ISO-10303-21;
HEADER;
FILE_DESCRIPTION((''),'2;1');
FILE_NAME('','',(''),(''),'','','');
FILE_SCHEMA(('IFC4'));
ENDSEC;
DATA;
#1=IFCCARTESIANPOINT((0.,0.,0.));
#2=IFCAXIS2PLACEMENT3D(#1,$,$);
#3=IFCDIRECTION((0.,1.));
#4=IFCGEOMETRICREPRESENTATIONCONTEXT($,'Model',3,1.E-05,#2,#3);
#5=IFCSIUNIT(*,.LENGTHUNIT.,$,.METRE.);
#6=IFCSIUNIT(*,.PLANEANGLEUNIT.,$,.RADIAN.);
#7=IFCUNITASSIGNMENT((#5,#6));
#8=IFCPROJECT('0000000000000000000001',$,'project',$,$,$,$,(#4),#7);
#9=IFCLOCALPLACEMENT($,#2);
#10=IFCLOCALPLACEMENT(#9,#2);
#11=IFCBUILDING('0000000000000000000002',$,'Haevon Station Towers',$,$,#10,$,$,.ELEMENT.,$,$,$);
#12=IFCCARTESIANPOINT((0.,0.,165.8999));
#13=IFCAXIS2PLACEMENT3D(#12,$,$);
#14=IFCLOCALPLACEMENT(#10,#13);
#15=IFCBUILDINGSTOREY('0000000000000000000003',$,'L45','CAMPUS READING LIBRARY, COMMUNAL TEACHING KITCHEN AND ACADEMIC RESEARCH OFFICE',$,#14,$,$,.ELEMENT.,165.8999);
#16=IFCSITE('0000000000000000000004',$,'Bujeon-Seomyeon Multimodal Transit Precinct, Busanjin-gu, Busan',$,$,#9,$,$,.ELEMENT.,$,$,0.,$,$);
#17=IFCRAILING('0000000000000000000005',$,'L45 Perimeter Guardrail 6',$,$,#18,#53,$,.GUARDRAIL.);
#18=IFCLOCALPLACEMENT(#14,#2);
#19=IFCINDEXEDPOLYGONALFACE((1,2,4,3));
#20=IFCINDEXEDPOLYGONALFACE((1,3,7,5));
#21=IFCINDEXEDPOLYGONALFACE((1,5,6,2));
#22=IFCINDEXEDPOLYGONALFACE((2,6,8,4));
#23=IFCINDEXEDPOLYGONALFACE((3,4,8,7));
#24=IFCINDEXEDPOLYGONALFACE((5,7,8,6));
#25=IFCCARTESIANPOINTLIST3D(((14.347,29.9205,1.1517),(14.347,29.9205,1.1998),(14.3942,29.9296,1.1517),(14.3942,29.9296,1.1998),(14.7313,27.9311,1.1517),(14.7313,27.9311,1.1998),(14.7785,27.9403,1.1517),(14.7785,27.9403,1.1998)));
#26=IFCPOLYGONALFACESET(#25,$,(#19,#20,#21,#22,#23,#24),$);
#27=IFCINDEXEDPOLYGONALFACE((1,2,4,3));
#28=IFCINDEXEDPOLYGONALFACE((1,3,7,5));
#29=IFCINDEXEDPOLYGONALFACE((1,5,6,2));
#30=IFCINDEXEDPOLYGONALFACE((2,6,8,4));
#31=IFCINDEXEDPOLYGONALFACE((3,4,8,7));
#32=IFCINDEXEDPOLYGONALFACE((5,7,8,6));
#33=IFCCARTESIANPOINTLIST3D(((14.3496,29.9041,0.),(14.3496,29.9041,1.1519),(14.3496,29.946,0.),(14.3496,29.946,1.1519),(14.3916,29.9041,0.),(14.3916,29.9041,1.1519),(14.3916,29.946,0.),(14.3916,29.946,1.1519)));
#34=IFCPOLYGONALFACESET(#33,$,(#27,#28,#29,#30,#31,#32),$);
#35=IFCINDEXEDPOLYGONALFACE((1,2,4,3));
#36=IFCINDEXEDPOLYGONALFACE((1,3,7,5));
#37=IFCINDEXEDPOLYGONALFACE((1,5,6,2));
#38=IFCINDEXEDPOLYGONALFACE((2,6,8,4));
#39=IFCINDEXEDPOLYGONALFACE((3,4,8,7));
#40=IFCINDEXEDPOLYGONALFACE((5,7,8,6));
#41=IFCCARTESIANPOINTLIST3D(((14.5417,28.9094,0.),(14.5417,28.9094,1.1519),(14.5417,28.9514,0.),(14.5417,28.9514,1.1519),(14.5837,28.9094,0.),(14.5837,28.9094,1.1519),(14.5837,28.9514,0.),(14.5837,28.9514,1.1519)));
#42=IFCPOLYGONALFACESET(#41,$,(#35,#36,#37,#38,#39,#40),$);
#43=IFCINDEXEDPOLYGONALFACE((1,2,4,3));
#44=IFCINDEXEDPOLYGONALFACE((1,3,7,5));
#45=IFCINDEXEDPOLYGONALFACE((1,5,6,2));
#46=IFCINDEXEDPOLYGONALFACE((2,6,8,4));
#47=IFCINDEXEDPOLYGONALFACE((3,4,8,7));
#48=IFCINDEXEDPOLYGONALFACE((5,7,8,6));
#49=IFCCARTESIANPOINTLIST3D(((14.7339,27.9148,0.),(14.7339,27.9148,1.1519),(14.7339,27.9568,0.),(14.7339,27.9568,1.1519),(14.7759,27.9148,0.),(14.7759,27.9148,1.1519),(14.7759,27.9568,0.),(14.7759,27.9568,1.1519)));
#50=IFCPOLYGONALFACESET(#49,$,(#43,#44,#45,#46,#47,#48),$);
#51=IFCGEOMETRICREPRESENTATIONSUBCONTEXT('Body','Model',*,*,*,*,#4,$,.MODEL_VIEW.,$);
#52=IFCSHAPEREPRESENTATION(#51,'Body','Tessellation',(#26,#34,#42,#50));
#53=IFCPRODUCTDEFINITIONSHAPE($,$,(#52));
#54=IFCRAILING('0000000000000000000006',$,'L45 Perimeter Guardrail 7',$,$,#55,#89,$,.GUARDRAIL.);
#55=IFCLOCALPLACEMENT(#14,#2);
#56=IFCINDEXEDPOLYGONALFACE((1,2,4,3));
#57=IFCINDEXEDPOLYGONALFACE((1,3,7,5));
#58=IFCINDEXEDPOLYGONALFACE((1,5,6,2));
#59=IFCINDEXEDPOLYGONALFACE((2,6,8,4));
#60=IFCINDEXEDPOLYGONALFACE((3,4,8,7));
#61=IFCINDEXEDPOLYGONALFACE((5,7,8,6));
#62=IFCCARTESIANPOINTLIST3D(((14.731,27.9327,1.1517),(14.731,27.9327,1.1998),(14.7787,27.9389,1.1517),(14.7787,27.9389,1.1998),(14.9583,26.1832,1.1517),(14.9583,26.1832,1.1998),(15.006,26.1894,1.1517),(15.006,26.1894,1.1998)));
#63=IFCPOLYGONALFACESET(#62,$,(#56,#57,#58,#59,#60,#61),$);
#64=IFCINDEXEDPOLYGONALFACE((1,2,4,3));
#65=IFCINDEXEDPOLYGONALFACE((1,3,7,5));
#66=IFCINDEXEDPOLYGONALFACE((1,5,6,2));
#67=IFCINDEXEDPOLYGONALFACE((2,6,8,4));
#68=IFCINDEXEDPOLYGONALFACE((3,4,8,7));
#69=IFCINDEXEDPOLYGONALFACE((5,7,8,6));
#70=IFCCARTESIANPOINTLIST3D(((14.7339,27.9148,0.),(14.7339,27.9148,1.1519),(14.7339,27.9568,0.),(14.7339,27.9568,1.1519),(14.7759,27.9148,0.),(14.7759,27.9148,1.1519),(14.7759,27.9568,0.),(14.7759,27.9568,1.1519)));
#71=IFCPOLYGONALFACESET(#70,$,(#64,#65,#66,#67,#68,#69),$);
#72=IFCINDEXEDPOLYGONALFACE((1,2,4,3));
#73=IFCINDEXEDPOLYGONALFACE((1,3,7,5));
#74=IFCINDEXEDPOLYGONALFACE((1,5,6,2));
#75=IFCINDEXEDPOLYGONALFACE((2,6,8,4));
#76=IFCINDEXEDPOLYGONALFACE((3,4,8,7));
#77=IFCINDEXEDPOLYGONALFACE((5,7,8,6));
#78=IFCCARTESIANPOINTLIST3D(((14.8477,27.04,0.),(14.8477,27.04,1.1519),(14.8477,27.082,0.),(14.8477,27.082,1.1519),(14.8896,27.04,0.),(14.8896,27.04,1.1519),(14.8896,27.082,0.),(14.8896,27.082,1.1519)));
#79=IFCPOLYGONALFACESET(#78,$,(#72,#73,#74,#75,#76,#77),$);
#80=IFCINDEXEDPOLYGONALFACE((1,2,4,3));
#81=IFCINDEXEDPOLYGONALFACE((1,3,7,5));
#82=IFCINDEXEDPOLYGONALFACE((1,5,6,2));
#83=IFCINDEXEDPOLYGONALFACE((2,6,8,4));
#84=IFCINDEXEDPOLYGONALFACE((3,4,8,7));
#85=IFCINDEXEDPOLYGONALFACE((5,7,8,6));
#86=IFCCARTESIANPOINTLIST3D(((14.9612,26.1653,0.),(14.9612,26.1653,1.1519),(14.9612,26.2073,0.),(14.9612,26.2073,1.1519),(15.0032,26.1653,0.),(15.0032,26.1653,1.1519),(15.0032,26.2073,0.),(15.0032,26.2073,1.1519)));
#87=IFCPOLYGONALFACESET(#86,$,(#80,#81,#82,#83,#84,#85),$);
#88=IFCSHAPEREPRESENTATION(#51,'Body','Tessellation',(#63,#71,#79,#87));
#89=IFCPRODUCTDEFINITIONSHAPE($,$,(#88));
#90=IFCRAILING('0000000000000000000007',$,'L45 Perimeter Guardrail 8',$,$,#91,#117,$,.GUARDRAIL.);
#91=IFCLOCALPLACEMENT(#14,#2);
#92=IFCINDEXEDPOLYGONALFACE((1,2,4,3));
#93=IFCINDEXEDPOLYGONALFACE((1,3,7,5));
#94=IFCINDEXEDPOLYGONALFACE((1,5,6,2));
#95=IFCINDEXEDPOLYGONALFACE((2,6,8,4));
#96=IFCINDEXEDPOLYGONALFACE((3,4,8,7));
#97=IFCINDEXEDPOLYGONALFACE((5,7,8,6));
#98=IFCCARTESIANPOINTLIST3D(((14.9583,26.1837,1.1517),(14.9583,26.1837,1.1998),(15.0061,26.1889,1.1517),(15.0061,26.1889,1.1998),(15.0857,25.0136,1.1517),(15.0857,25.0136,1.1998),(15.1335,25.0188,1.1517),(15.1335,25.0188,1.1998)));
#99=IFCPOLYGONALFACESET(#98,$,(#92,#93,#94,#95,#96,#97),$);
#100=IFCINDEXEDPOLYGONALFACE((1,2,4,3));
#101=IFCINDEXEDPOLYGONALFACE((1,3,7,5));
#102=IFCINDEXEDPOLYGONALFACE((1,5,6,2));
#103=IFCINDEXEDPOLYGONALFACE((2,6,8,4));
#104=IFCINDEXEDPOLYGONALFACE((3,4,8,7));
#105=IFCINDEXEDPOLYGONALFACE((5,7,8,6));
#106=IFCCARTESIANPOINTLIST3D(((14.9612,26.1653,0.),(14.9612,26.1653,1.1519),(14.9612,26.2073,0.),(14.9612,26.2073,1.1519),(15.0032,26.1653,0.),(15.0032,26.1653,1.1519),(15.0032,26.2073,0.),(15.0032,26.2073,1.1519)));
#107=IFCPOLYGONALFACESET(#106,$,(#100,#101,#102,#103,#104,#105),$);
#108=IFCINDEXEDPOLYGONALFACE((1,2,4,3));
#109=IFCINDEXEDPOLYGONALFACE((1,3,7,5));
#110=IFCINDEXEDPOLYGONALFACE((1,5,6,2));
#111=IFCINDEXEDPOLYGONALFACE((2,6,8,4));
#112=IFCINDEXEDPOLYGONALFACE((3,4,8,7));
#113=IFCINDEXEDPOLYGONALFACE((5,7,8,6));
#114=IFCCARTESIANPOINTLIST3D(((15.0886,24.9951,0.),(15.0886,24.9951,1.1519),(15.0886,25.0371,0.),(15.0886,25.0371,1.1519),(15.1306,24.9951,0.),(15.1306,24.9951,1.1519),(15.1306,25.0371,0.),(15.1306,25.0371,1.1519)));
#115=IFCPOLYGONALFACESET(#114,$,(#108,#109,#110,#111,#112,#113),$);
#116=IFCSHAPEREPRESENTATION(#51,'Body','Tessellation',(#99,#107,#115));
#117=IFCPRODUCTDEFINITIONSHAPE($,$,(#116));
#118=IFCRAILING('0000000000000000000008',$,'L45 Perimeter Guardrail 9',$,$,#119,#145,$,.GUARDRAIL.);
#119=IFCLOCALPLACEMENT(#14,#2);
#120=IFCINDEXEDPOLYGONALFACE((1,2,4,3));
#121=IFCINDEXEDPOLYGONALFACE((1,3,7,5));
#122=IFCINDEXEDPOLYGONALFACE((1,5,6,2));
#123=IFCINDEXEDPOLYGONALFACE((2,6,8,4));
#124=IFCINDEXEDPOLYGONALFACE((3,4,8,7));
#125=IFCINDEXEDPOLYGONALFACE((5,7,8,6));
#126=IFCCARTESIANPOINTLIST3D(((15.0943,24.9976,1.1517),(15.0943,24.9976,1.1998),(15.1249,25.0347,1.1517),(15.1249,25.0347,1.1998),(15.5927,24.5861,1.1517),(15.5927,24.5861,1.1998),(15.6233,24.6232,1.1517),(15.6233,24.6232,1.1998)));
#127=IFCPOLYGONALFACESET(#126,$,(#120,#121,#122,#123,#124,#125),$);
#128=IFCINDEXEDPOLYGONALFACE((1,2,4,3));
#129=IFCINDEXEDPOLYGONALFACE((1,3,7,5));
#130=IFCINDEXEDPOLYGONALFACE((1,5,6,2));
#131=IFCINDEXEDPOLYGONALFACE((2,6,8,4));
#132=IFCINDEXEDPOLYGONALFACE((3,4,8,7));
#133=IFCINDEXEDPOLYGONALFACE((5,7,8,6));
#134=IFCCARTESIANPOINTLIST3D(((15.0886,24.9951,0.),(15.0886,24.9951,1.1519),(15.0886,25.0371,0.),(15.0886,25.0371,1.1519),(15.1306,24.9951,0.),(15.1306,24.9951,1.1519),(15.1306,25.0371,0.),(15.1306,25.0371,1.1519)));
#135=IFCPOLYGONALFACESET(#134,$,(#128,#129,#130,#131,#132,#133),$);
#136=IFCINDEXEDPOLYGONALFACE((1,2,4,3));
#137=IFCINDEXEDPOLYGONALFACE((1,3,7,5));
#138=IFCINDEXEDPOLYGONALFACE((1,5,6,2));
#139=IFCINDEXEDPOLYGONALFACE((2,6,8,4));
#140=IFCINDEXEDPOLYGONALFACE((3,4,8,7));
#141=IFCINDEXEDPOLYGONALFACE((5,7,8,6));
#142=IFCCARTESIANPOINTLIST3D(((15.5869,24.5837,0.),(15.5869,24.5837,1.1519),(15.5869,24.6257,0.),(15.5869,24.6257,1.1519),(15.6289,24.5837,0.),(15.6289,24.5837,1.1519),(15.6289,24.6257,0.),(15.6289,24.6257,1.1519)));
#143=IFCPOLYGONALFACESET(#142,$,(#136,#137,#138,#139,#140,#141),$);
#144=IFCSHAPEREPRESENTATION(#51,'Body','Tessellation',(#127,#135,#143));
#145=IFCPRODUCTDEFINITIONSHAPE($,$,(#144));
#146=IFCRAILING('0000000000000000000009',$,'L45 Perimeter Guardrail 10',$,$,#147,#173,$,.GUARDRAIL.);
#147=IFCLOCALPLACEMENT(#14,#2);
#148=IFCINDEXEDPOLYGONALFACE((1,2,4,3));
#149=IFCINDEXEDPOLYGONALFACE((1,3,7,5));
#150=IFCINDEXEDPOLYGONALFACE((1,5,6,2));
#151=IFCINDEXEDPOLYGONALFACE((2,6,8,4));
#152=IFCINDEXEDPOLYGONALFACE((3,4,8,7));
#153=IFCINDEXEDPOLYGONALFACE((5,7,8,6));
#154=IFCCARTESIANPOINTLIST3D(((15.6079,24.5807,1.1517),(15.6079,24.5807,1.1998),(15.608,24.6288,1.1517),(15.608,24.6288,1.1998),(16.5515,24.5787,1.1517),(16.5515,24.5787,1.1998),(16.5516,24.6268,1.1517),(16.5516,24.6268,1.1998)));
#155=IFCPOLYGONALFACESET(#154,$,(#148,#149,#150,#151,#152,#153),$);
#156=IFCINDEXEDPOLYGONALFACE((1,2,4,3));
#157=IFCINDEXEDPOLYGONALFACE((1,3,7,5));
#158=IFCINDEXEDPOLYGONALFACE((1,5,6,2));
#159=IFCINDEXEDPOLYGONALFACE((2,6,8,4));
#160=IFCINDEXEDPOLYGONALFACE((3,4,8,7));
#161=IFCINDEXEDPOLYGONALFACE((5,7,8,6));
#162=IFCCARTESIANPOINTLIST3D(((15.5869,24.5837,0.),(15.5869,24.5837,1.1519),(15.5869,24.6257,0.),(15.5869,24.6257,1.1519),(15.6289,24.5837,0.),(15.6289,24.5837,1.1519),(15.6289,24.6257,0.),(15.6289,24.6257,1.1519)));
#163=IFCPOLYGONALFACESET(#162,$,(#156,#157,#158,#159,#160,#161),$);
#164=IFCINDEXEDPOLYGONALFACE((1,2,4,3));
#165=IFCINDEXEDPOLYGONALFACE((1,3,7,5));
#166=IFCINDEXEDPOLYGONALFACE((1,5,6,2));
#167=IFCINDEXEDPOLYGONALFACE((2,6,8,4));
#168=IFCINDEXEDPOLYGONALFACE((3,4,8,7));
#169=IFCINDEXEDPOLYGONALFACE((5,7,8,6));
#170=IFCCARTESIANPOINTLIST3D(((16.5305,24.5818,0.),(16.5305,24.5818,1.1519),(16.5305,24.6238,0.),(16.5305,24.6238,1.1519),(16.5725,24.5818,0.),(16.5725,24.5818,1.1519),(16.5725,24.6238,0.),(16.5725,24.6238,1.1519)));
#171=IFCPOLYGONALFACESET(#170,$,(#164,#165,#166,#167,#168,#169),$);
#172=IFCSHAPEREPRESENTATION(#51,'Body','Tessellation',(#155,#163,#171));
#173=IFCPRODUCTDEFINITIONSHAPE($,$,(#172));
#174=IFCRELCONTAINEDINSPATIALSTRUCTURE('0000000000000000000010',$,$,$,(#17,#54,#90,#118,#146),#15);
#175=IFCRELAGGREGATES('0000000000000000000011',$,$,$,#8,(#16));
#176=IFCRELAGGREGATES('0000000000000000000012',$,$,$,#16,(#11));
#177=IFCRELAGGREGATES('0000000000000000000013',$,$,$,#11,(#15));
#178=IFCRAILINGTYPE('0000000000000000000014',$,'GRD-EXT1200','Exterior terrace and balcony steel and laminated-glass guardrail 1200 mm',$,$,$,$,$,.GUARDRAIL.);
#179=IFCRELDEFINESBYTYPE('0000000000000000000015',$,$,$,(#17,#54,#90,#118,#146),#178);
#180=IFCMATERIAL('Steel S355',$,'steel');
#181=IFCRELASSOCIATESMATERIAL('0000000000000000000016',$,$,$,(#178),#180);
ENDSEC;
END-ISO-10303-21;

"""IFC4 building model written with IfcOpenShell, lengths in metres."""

from ifc_helpers import new_model, si_unit, direction, frame, origin, origin_2d, place, context, subcontext, project, spatial, rectangle, extrude, material, type_object, element, save


model = new_model("IFC4")

# Units and contexts
model_context = context("Model", 3, precision=1e-05, world=origin(), true_north=direction((0.0, 1.0)))
body_context = subcontext(model_context, "Body", "Model", "MODEL_VIEW")
ifc_project = project(units=[si_unit("LENGTHUNIT", "METRE"), si_unit("PLANEANGLEUNIT", "RADIAN")], contexts=[model_context])

# Site, building, storey
site_placement = place(None, origin())
site = spatial("IfcSite", under=ifc_project, at=site_placement, Name="Bujeon-Seomyeon Multimodal Transit Precinct, Busanjin-gu, Busan", CompositionType="ELEMENT", RefElevation=0.0)
building_placement = place(site_placement, origin())
building = spatial("IfcBuilding", under=site, at=building_placement, Name="Haevon Station Towers", CompositionType="ELEMENT")
storey_placement = place(building_placement, frame((0.0, 0.0, 165.8999)))
storey = spatial("IfcBuildingStorey", under=building, at=storey_placement, Name="L45", Description="CAMPUS READING LIBRARY, COMMUNAL TEACHING KITCHEN AND ACADEMIC RESEARCH OFFICE", CompositionType="ELEMENT", Elevation=165.8999)

# Shared definitions
ifc_material_1 = material(Name="Steel S355", Category="steel")

# Railings
railing_type = type_object("IfcRailingType", Name="GRD-EXT1200", Description="Exterior terrace and balcony steel and laminated-glass guardrail 1200 mm", PredefinedType="GUARDRAIL", material=ifc_material_1)
railing_1_placement = place(storey_placement, frame((14.3706, 29.925, 0.0)))
element("IfcRailing", 1, at=railing_1_placement, inside=storey, type_object=railing_type, Name="L45 Perimeter Guardrail 6", PredefinedType="GUARDRAIL", context=body_context, shape_type="SweptSolid", body=[
    extrude(rectangle(XDim=0.0481, YDim=0.0481, at=origin_2d()), frame((0.0, 0.0, 1.1758), z_axis=(0.18967, -0.981848, 0.0), x_axis=(0.981848, 0.18967, 0.0)), (0.0, 0.0, 1.0), 2.0261),
    extrude(rectangle(XDim=0.042, YDim=0.042, at=origin_2d()), origin(), (0.0, 0.0, 1.0), 1.1519),
    extrude(rectangle(XDim=0.042, YDim=0.042, at=origin_2d()), frame((0.1921, -0.9946, 0.0)), (0.0, 0.0, 1.0), 1.1519),
    extrude(rectangle(XDim=0.042, YDim=0.042, at=origin_2d()), frame((0.3843, -1.9893, 0.0)), (0.0, 0.0, 1.0), 1.1519),
])
railing_2_placement = place(storey_placement, frame((14.7549, 27.9358, 0.0)))
element("IfcRailing", 2, at=railing_2_placement, inside=storey, type_object=railing_type, Name="L45 Perimeter Guardrail 7", PredefinedType="GUARDRAIL", context=body_context, shape_type="SweptSolid", body=[
    extrude(rectangle(XDim=0.0481, YDim=0.0481, at=origin_2d()), frame((0.0, 0.0, 1.1758), z_axis=(0.128836, -0.991666, 0.0), x_axis=(0.991666, 0.128836, 0.0)), (0.0, 0.0, 1.0), 1.7642),
    extrude(rectangle(XDim=0.042, YDim=0.042, at=origin_2d()), origin(), (0.0, 0.0, 1.0), 1.1519),
    extrude(rectangle(XDim=0.042, YDim=0.042, at=origin_2d()), frame((0.1138, -0.8748, 0.0)), (0.0, 0.0, 1.0), 1.1519),
    extrude(rectangle(XDim=0.042, YDim=0.042, at=origin_2d()), frame((0.2273, -1.7495, 0.0)), (0.0, 0.0, 1.0), 1.1519),
])
railing_3_placement = place(storey_placement, frame((14.9822, 26.1863, 0.0)))
element("IfcRailing", 3, at=railing_3_placement, inside=storey, type_object=railing_type, Name="L45 Perimeter Guardrail 8", PredefinedType="GUARDRAIL", context=body_context, shape_type="SweptSolid", body=[
    extrude(rectangle(XDim=0.0481, YDim=0.0481, at=origin_2d()), frame((0.0, 0.0, 1.1758), z_axis=(0.108269, -0.994122, 0.0), x_axis=(0.994122, 0.108269, 0.0)), (0.0, 0.0, 1.0), 1.177),
    extrude(rectangle(XDim=0.042, YDim=0.042, at=origin_2d()), origin(), (0.0, 0.0, 1.0), 1.1519),
    extrude(rectangle(XDim=0.042, YDim=0.042, at=origin_2d()), frame((0.1274, -1.1702, 0.0)), (0.0, 0.0, 1.0), 1.1519),
])
railing_4_placement = place(storey_placement, frame((15.1096, 25.0161, 0.0)))
element("IfcRailing", 4, at=railing_4_placement, inside=storey, type_object=railing_type, Name="L45 Perimeter Guardrail 9", PredefinedType="GUARDRAIL", context=body_context, shape_type="SweptSolid", body=[
    extrude(rectangle(XDim=0.0481, YDim=0.0481, at=origin_2d()), frame((0.0, 0.0, 1.1758), z_axis=(0.771155, -0.636647, 0.0), x_axis=(0.636647, 0.771155, 0.0)), (0.0, 0.0, 1.0), 0.6462),
    extrude(rectangle(XDim=0.042, YDim=0.042, at=origin_2d()), origin(), (0.0, 0.0, 1.0), 1.1519),
    extrude(rectangle(XDim=0.042, YDim=0.042, at=origin_2d()), frame((0.4983, -0.4114, 0.0)), (0.0, 0.0, 1.0), 1.1519),
])
railing_5_placement = place(storey_placement, frame((15.6079, 24.6047, 0.0)))
element("IfcRailing", 5, at=railing_5_placement, inside=storey, type_object=railing_type, Name="L45 Perimeter Guardrail 10", PredefinedType="GUARDRAIL", context=body_context, shape_type="SweptSolid", body=[
    extrude(rectangle(XDim=0.0481, YDim=0.0481, at=origin_2d()), frame((0.0, 0.0, 1.1758), z_axis=(0.999998, -0.00207, 0.0), x_axis=(0.00207, 0.999998, 0.0)), (0.0, 0.0, 1.0), 0.9436),
    extrude(rectangle(XDim=0.042, YDim=0.042, at=origin_2d()), origin(), (0.0, 0.0, 1.0), 1.1519),
    extrude(rectangle(XDim=0.042, YDim=0.042, at=origin_2d()), frame((0.9436, -0.002, 0.0)), (0.0, 0.0, 1.0), 1.1519),
])

save(model, "model.ifc")
